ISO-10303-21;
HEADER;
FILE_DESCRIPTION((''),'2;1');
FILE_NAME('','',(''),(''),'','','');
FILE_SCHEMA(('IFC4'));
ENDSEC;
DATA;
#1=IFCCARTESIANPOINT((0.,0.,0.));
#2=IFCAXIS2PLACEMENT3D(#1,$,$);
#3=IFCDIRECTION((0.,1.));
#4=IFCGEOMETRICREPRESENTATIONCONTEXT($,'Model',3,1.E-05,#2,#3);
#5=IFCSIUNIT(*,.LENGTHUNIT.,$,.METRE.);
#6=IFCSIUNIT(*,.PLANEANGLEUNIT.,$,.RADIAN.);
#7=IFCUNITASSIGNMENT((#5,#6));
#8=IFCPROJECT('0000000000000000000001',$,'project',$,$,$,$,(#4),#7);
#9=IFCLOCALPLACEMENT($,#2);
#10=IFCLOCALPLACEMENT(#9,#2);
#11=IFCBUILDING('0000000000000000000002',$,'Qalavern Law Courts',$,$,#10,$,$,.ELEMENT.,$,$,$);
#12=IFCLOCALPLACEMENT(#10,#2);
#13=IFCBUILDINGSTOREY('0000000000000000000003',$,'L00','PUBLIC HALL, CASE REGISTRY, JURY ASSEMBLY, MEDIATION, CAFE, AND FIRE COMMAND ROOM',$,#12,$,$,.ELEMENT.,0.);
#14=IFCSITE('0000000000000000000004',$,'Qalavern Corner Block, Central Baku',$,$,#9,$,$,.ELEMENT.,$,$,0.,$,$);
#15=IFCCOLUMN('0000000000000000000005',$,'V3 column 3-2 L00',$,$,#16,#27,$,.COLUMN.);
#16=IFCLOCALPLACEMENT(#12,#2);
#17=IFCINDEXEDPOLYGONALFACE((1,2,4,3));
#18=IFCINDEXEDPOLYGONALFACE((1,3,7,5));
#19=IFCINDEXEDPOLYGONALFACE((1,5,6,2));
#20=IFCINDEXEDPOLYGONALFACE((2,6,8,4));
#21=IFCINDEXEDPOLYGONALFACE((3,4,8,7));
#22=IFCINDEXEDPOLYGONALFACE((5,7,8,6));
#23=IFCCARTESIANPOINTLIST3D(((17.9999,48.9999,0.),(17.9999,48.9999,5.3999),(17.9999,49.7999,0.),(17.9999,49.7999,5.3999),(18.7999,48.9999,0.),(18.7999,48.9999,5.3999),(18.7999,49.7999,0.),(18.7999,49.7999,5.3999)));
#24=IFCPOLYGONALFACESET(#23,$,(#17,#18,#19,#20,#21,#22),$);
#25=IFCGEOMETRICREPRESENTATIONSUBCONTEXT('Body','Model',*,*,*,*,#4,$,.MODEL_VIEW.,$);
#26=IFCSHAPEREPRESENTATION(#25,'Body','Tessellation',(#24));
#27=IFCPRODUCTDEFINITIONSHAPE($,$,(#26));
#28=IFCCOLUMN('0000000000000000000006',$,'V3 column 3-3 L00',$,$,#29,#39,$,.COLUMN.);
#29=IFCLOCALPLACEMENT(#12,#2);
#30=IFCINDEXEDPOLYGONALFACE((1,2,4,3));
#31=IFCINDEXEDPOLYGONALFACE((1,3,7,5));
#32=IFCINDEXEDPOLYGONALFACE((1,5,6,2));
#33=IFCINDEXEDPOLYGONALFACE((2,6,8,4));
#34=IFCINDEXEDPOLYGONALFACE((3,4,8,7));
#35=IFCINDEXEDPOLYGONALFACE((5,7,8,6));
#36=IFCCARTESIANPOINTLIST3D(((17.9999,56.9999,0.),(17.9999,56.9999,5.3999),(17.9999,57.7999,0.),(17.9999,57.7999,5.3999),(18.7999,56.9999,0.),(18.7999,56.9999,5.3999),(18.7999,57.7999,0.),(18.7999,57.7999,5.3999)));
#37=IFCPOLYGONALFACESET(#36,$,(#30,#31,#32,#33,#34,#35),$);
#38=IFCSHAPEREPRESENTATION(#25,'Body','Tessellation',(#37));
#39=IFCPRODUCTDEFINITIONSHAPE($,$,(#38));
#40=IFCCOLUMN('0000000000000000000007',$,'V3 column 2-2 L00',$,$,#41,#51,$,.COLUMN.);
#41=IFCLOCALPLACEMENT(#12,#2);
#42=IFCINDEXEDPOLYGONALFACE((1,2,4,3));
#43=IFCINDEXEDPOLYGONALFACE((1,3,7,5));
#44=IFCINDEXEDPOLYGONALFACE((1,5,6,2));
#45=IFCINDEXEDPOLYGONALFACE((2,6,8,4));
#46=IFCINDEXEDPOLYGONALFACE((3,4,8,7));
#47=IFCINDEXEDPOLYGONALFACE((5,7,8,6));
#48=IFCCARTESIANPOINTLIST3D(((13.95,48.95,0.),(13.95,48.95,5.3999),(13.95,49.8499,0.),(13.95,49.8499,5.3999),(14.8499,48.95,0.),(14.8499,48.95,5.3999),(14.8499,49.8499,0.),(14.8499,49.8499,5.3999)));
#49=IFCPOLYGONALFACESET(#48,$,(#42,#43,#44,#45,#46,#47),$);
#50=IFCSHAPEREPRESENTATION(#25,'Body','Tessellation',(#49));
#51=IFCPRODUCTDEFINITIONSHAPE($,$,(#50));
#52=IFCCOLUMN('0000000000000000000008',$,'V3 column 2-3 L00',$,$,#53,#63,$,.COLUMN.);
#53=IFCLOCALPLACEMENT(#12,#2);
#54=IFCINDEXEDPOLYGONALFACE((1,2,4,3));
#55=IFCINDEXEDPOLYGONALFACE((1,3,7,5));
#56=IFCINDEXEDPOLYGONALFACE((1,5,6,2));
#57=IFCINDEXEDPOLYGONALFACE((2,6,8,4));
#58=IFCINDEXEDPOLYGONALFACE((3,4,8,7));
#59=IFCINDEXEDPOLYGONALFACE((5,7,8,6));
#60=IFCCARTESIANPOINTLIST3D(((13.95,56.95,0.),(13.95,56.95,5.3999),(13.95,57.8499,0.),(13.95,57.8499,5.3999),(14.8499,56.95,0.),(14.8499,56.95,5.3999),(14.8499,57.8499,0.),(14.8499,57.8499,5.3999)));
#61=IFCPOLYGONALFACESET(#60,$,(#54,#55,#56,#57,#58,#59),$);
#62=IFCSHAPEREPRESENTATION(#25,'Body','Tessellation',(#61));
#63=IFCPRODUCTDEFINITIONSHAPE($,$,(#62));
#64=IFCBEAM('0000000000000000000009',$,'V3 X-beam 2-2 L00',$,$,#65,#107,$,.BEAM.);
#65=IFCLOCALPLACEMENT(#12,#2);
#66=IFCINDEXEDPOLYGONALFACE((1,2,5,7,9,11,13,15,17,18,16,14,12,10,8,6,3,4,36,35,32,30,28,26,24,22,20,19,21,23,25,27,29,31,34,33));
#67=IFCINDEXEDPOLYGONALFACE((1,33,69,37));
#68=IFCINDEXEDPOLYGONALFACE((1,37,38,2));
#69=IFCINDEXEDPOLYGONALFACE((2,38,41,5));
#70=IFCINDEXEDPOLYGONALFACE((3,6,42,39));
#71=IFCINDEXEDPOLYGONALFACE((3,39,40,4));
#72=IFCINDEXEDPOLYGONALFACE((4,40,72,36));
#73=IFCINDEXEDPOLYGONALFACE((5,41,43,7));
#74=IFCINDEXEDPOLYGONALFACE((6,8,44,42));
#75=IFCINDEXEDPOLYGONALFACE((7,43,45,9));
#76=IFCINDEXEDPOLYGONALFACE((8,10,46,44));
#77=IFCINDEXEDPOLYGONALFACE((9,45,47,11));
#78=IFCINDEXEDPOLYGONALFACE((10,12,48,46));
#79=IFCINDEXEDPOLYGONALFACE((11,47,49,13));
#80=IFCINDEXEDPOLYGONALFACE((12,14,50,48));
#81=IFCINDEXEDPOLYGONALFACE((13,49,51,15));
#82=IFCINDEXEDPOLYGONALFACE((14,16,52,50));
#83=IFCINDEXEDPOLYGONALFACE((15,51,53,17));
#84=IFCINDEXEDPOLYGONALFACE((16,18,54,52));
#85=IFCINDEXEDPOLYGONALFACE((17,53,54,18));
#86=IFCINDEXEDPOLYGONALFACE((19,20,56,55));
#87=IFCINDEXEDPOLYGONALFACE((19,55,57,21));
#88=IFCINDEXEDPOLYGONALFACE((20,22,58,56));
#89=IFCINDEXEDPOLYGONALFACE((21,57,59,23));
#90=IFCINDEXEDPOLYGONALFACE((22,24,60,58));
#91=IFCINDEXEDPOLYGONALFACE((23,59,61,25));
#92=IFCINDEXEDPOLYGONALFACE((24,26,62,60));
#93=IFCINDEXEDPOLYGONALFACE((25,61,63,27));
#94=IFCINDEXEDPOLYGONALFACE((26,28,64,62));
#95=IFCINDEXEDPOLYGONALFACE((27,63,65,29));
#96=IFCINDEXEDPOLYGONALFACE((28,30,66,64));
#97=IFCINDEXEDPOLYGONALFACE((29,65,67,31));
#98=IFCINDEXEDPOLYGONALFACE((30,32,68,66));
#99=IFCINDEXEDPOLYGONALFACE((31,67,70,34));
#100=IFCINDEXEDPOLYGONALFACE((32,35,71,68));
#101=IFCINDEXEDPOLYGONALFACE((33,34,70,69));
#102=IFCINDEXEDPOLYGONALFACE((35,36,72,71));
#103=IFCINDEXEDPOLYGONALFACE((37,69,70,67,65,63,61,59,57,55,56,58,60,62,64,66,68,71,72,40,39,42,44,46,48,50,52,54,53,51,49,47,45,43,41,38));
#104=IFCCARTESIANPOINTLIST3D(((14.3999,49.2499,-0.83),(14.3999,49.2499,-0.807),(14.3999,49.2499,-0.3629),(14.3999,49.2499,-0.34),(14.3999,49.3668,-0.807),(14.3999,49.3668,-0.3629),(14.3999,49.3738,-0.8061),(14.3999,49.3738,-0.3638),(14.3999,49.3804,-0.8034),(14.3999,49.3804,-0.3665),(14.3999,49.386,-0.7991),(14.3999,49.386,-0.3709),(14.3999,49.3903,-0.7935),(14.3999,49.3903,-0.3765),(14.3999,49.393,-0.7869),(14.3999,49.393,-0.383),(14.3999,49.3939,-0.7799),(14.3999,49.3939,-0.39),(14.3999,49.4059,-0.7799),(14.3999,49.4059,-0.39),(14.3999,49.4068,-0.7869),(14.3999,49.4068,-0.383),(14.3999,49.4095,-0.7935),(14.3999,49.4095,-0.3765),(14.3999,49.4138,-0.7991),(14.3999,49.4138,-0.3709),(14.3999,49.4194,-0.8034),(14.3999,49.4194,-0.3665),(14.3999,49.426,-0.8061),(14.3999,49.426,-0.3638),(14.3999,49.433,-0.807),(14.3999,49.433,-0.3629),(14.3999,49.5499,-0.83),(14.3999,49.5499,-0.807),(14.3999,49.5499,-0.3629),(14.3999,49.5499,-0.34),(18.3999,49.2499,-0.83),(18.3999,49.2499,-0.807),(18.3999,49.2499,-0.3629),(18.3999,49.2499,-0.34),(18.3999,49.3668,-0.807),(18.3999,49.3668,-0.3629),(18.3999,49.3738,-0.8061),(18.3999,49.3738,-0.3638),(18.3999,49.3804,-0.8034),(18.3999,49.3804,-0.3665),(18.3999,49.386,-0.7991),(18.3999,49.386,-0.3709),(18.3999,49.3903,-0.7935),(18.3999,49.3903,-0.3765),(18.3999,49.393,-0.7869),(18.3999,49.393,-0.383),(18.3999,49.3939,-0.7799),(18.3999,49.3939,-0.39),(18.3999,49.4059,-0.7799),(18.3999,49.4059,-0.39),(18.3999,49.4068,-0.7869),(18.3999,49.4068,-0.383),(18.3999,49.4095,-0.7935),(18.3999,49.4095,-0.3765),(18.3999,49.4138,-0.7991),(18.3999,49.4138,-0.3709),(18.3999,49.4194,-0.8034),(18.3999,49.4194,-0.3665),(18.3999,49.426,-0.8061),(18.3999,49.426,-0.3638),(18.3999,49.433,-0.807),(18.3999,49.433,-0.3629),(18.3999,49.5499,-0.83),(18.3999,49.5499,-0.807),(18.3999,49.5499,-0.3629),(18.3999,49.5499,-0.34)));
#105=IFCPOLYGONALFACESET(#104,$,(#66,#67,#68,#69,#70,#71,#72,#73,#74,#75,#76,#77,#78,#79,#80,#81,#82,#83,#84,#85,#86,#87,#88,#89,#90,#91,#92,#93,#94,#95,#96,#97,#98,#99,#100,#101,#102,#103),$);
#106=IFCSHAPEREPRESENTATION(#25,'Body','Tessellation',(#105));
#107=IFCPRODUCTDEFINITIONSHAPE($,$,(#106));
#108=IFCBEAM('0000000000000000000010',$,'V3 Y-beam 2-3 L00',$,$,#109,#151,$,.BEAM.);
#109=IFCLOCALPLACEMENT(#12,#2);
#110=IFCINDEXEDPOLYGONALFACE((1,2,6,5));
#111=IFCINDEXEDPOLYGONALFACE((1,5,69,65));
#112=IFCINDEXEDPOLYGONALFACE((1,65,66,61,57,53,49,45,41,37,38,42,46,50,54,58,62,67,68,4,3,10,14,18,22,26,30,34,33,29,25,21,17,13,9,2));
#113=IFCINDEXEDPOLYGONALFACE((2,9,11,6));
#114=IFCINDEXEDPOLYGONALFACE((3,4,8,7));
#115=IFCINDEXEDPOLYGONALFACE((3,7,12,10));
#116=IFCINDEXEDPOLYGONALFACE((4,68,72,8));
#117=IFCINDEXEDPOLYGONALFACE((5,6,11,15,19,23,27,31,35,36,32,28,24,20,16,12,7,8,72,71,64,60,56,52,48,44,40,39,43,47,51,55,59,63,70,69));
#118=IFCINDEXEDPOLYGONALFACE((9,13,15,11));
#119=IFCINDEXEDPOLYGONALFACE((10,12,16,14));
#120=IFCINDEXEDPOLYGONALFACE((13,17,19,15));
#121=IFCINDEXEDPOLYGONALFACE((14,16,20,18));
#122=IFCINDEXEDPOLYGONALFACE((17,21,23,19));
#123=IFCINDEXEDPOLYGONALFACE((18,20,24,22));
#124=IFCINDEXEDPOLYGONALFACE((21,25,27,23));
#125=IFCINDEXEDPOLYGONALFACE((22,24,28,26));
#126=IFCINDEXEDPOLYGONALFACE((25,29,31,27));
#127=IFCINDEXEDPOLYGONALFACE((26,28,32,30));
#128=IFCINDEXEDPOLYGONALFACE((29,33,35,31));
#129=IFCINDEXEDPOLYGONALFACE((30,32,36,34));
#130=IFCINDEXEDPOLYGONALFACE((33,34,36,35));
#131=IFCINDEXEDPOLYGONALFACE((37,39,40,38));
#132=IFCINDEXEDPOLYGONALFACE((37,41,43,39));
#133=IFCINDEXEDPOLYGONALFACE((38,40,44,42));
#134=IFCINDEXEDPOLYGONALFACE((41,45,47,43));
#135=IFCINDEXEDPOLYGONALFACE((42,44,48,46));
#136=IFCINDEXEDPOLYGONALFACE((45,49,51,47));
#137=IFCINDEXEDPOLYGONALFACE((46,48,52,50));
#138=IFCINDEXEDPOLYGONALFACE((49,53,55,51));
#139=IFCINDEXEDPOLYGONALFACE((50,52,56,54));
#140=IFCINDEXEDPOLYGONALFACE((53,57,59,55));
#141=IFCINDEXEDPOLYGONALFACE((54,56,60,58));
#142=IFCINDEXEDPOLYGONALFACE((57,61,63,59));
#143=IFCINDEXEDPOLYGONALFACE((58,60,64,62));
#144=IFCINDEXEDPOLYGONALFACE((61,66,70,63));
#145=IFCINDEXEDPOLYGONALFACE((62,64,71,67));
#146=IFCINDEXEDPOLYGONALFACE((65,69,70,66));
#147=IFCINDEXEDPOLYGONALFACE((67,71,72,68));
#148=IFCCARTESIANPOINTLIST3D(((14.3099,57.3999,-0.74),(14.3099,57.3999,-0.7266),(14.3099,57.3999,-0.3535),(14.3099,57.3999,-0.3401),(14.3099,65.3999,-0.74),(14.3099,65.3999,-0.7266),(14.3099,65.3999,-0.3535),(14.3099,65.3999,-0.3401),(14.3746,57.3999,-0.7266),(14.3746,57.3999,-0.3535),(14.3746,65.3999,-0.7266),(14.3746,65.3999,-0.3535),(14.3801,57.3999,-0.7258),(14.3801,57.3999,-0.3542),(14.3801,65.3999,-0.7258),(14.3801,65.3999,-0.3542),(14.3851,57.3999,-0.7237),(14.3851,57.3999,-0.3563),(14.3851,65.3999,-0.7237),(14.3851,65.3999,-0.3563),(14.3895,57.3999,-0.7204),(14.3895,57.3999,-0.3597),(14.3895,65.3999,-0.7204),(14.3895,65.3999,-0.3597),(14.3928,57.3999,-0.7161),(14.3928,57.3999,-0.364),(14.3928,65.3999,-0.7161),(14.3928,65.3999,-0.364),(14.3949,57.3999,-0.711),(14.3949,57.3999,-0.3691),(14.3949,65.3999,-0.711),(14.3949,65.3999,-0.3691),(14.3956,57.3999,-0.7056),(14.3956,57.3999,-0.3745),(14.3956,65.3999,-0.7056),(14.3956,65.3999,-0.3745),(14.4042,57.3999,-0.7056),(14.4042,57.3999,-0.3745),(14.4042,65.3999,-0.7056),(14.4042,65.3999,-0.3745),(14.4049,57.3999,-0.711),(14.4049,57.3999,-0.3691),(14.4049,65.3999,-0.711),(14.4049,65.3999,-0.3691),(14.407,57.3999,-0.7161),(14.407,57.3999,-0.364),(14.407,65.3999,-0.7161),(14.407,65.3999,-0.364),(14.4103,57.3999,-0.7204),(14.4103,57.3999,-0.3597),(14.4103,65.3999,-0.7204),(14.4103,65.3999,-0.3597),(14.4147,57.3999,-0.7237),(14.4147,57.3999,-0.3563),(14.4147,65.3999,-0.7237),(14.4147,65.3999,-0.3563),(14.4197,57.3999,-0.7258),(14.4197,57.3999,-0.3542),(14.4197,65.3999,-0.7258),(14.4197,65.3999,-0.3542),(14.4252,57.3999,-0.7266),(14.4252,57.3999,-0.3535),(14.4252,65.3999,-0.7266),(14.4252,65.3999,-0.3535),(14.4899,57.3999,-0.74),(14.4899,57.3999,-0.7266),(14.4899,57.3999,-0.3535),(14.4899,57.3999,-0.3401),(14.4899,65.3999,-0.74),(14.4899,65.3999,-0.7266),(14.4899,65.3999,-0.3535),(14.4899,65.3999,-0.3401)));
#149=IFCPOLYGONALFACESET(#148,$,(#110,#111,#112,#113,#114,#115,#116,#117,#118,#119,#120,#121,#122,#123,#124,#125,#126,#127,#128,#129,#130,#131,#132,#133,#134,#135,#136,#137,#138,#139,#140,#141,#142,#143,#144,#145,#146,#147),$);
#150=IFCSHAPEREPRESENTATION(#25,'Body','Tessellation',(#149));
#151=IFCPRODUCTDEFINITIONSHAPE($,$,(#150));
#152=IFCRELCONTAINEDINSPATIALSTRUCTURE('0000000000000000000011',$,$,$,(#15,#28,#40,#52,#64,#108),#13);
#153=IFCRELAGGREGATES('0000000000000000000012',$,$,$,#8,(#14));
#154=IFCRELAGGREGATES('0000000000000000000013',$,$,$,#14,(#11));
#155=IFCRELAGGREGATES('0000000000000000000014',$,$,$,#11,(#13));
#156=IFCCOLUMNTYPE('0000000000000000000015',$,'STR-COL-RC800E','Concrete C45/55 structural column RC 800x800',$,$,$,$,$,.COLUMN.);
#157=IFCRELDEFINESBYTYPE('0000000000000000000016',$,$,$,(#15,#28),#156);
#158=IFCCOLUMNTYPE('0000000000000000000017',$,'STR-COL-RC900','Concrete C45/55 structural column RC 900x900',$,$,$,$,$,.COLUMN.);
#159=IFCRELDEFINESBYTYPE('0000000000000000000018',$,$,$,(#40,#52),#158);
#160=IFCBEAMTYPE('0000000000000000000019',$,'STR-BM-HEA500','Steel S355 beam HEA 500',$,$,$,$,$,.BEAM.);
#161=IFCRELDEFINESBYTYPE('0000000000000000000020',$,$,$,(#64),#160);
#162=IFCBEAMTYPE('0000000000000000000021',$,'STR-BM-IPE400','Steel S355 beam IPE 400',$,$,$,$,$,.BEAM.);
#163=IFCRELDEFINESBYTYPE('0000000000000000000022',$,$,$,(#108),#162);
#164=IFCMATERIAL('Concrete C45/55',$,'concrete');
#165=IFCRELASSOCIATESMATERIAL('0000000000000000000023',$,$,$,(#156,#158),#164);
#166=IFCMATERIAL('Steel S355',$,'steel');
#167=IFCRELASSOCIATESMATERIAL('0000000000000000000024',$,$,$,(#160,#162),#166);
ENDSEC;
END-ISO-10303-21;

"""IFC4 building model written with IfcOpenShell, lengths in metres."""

from ifc_helpers import new_model, si_unit, direction, frame, origin, origin_2d, place, context, subcontext, project, spatial, rectangle, i_section, extrude, material, material_profile, profile_set, type_object, element, save


model = new_model("IFC4")

# Units and contexts
model_context = context("Model", 3, precision=1e-05, world=origin(), true_north=direction((0.0, 1.0)))
body_context = subcontext(model_context, "Body", "Model", "MODEL_VIEW")
ifc_project = project(units=[si_unit("LENGTHUNIT", "METRE"), si_unit("PLANEANGLEUNIT", "RADIAN")], contexts=[model_context])

# Site, building, storey
site_placement = place(None, origin())
site = spatial("IfcSite", under=ifc_project, at=site_placement, Name="Qalavern Corner Block, Central Baku", CompositionType="ELEMENT", RefElevation=0.0)
building_placement = place(site_placement, origin())
building = spatial("IfcBuilding", under=site, at=building_placement, Name="Qalavern Law Courts", CompositionType="ELEMENT")
storey_placement = place(building_placement, origin())
storey = spatial("IfcBuildingStorey", under=building, at=storey_placement, Name="L00", Description="PUBLIC HALL, CASE REGISTRY, JURY ASSEMBLY, MEDIATION, CAFE, AND FIRE COMMAND ROOM", CompositionType="ELEMENT", Elevation=0.0)

# Columns
ifc_material_1 = material(Name="Concrete C45/55", Category="concrete")
ifc_material_profile_1 = material_profile(ifc_material_1, rectangle(XDim=0.8, YDim=0.8, at=origin_2d()), Name="RC 800x800")
ifc_profile_set_1 = profile_set([ifc_material_profile_1], Name="Concrete C45/55")
column_type_1 = type_object("IfcColumnType", Name="STR-COL-RC800E", Description="Concrete C45/55 structural column RC 800x800", PredefinedType="COLUMN", material=ifc_profile_set_1)
for number, where, z_axis, x_axis, name in (
    (1, (18.3999, 49.3999, 0.0), (0.0, 0.0, 1.0), (1.0, 0.0, 0.0), "V3 column 3-2 L00"),
    (2, (18.3999, 57.3999, 0.0), (0.0, 0.0, 1.0), (1.0, 0.0, 0.0), "V3 column 3-3 L00"),
):
    element("IfcColumn", number, at=place(storey_placement, frame(where, z_axis=z_axis, x_axis=x_axis)), inside=storey, type_object=column_type_1, Name=name, PredefinedType="COLUMN", context=body_context, shape_type="SweptSolid", body=[
        extrude(rectangle(XDim=0.8, YDim=0.8, at=origin_2d()), origin(), (0.0, 0.0, 1.0), 5.3999),
    ])
ifc_material_profile_2 = material_profile(ifc_material_1, rectangle(XDim=0.8999, YDim=0.8999, at=origin_2d()), Name="RC 900x900")
ifc_profile_set_2 = profile_set([ifc_material_profile_2], Name="Concrete C45/55")
column_type_2 = type_object("IfcColumnType", Name="STR-COL-RC900", Description="Concrete C45/55 structural column RC 900x900", PredefinedType="COLUMN", material=ifc_profile_set_2)
for number, where, z_axis, x_axis, name in (
    (3, (14.3999, 49.3999, 0.0), (0.0, 0.0, 1.0), (1.0, 0.0, 0.0), "V3 column 2-2 L00"),
    (4, (14.3999, 57.3999, 0.0), (0.0, 0.0, 1.0), (1.0, 0.0, 0.0), "V3 column 2-3 L00"),
):
    element("IfcColumn", number, at=place(storey_placement, frame(where, z_axis=z_axis, x_axis=x_axis)), inside=storey, type_object=column_type_2, Name=name, PredefinedType="COLUMN", context=body_context, shape_type="SweptSolid", body=[
        extrude(rectangle(XDim=0.8999, YDim=0.8999, at=origin_2d()), origin(), (0.0, 0.0, 1.0), 5.3999),
    ])

# Beams
ifc_material_2 = material(Name="Steel S355", Category="steel")
ifc_material_profile_3 = material_profile(ifc_material_2, i_section(OverallWidth=0.3, OverallDepth=0.49, WebThickness=0.012, FlangeThickness=0.0229, FilletRadius=0.0271, at=origin_2d()), Name="HEA 500")
ifc_profile_set_3 = profile_set([ifc_material_profile_3], Name="Steel S355")
beam_type_1 = type_object("IfcBeamType", Name="STR-BM-HEA500", Description="Steel S355 beam HEA 500", PredefinedType="BEAM", material=ifc_profile_set_3)
beam_1_placement = place(storey_placement, frame((14.3999, 49.3999, -0.585), z_axis=(1.0, 0.0, 0.0), x_axis=(0.0, 1.0, 0.0)))
element("IfcBeam", 5, at=beam_1_placement, inside=storey, type_object=beam_type_1, Name="V3 X-beam 2-2 L00", PredefinedType="BEAM", context=body_context, shape_type="SweptSolid", body=[
    extrude(i_section(OverallWidth=0.3, OverallDepth=0.49, WebThickness=0.012, FlangeThickness=0.0229, FilletRadius=0.0271, at=origin_2d()), origin(), (0.0, 0.0, 1.0), 4.0),
])
ifc_material_profile_4 = material_profile(ifc_material_2, i_section(OverallWidth=0.1799, OverallDepth=0.3999, WebThickness=0.0085, FlangeThickness=0.0134, FilletRadius=0.021, at=origin_2d()), Name="IPE 400")
ifc_profile_set_4 = profile_set([ifc_material_profile_4], Name="Steel S355")
beam_type_2 = type_object("IfcBeamType", Name="STR-BM-IPE400", Description="Steel S355 beam IPE 400", PredefinedType="BEAM", material=ifc_profile_set_4)
beam_2_placement = place(storey_placement, frame((14.3999, 57.3999, -0.54), z_axis=(0.0, 1.0, 0.0), x_axis=(-1.0, 0.0, 0.0)))
element("IfcBeam", 6, at=beam_2_placement, inside=storey, type_object=beam_type_2, Name="V3 Y-beam 2-3 L00", PredefinedType="BEAM", context=body_context, shape_type="SweptSolid", body=[
    extrude(i_section(OverallWidth=0.1799, OverallDepth=0.3999, WebThickness=0.0085, FlangeThickness=0.0134, FilletRadius=0.021, at=origin_2d()), origin(), (0.0, 0.0, 1.0), 8.0),
])

save(model, "model.ifc")
